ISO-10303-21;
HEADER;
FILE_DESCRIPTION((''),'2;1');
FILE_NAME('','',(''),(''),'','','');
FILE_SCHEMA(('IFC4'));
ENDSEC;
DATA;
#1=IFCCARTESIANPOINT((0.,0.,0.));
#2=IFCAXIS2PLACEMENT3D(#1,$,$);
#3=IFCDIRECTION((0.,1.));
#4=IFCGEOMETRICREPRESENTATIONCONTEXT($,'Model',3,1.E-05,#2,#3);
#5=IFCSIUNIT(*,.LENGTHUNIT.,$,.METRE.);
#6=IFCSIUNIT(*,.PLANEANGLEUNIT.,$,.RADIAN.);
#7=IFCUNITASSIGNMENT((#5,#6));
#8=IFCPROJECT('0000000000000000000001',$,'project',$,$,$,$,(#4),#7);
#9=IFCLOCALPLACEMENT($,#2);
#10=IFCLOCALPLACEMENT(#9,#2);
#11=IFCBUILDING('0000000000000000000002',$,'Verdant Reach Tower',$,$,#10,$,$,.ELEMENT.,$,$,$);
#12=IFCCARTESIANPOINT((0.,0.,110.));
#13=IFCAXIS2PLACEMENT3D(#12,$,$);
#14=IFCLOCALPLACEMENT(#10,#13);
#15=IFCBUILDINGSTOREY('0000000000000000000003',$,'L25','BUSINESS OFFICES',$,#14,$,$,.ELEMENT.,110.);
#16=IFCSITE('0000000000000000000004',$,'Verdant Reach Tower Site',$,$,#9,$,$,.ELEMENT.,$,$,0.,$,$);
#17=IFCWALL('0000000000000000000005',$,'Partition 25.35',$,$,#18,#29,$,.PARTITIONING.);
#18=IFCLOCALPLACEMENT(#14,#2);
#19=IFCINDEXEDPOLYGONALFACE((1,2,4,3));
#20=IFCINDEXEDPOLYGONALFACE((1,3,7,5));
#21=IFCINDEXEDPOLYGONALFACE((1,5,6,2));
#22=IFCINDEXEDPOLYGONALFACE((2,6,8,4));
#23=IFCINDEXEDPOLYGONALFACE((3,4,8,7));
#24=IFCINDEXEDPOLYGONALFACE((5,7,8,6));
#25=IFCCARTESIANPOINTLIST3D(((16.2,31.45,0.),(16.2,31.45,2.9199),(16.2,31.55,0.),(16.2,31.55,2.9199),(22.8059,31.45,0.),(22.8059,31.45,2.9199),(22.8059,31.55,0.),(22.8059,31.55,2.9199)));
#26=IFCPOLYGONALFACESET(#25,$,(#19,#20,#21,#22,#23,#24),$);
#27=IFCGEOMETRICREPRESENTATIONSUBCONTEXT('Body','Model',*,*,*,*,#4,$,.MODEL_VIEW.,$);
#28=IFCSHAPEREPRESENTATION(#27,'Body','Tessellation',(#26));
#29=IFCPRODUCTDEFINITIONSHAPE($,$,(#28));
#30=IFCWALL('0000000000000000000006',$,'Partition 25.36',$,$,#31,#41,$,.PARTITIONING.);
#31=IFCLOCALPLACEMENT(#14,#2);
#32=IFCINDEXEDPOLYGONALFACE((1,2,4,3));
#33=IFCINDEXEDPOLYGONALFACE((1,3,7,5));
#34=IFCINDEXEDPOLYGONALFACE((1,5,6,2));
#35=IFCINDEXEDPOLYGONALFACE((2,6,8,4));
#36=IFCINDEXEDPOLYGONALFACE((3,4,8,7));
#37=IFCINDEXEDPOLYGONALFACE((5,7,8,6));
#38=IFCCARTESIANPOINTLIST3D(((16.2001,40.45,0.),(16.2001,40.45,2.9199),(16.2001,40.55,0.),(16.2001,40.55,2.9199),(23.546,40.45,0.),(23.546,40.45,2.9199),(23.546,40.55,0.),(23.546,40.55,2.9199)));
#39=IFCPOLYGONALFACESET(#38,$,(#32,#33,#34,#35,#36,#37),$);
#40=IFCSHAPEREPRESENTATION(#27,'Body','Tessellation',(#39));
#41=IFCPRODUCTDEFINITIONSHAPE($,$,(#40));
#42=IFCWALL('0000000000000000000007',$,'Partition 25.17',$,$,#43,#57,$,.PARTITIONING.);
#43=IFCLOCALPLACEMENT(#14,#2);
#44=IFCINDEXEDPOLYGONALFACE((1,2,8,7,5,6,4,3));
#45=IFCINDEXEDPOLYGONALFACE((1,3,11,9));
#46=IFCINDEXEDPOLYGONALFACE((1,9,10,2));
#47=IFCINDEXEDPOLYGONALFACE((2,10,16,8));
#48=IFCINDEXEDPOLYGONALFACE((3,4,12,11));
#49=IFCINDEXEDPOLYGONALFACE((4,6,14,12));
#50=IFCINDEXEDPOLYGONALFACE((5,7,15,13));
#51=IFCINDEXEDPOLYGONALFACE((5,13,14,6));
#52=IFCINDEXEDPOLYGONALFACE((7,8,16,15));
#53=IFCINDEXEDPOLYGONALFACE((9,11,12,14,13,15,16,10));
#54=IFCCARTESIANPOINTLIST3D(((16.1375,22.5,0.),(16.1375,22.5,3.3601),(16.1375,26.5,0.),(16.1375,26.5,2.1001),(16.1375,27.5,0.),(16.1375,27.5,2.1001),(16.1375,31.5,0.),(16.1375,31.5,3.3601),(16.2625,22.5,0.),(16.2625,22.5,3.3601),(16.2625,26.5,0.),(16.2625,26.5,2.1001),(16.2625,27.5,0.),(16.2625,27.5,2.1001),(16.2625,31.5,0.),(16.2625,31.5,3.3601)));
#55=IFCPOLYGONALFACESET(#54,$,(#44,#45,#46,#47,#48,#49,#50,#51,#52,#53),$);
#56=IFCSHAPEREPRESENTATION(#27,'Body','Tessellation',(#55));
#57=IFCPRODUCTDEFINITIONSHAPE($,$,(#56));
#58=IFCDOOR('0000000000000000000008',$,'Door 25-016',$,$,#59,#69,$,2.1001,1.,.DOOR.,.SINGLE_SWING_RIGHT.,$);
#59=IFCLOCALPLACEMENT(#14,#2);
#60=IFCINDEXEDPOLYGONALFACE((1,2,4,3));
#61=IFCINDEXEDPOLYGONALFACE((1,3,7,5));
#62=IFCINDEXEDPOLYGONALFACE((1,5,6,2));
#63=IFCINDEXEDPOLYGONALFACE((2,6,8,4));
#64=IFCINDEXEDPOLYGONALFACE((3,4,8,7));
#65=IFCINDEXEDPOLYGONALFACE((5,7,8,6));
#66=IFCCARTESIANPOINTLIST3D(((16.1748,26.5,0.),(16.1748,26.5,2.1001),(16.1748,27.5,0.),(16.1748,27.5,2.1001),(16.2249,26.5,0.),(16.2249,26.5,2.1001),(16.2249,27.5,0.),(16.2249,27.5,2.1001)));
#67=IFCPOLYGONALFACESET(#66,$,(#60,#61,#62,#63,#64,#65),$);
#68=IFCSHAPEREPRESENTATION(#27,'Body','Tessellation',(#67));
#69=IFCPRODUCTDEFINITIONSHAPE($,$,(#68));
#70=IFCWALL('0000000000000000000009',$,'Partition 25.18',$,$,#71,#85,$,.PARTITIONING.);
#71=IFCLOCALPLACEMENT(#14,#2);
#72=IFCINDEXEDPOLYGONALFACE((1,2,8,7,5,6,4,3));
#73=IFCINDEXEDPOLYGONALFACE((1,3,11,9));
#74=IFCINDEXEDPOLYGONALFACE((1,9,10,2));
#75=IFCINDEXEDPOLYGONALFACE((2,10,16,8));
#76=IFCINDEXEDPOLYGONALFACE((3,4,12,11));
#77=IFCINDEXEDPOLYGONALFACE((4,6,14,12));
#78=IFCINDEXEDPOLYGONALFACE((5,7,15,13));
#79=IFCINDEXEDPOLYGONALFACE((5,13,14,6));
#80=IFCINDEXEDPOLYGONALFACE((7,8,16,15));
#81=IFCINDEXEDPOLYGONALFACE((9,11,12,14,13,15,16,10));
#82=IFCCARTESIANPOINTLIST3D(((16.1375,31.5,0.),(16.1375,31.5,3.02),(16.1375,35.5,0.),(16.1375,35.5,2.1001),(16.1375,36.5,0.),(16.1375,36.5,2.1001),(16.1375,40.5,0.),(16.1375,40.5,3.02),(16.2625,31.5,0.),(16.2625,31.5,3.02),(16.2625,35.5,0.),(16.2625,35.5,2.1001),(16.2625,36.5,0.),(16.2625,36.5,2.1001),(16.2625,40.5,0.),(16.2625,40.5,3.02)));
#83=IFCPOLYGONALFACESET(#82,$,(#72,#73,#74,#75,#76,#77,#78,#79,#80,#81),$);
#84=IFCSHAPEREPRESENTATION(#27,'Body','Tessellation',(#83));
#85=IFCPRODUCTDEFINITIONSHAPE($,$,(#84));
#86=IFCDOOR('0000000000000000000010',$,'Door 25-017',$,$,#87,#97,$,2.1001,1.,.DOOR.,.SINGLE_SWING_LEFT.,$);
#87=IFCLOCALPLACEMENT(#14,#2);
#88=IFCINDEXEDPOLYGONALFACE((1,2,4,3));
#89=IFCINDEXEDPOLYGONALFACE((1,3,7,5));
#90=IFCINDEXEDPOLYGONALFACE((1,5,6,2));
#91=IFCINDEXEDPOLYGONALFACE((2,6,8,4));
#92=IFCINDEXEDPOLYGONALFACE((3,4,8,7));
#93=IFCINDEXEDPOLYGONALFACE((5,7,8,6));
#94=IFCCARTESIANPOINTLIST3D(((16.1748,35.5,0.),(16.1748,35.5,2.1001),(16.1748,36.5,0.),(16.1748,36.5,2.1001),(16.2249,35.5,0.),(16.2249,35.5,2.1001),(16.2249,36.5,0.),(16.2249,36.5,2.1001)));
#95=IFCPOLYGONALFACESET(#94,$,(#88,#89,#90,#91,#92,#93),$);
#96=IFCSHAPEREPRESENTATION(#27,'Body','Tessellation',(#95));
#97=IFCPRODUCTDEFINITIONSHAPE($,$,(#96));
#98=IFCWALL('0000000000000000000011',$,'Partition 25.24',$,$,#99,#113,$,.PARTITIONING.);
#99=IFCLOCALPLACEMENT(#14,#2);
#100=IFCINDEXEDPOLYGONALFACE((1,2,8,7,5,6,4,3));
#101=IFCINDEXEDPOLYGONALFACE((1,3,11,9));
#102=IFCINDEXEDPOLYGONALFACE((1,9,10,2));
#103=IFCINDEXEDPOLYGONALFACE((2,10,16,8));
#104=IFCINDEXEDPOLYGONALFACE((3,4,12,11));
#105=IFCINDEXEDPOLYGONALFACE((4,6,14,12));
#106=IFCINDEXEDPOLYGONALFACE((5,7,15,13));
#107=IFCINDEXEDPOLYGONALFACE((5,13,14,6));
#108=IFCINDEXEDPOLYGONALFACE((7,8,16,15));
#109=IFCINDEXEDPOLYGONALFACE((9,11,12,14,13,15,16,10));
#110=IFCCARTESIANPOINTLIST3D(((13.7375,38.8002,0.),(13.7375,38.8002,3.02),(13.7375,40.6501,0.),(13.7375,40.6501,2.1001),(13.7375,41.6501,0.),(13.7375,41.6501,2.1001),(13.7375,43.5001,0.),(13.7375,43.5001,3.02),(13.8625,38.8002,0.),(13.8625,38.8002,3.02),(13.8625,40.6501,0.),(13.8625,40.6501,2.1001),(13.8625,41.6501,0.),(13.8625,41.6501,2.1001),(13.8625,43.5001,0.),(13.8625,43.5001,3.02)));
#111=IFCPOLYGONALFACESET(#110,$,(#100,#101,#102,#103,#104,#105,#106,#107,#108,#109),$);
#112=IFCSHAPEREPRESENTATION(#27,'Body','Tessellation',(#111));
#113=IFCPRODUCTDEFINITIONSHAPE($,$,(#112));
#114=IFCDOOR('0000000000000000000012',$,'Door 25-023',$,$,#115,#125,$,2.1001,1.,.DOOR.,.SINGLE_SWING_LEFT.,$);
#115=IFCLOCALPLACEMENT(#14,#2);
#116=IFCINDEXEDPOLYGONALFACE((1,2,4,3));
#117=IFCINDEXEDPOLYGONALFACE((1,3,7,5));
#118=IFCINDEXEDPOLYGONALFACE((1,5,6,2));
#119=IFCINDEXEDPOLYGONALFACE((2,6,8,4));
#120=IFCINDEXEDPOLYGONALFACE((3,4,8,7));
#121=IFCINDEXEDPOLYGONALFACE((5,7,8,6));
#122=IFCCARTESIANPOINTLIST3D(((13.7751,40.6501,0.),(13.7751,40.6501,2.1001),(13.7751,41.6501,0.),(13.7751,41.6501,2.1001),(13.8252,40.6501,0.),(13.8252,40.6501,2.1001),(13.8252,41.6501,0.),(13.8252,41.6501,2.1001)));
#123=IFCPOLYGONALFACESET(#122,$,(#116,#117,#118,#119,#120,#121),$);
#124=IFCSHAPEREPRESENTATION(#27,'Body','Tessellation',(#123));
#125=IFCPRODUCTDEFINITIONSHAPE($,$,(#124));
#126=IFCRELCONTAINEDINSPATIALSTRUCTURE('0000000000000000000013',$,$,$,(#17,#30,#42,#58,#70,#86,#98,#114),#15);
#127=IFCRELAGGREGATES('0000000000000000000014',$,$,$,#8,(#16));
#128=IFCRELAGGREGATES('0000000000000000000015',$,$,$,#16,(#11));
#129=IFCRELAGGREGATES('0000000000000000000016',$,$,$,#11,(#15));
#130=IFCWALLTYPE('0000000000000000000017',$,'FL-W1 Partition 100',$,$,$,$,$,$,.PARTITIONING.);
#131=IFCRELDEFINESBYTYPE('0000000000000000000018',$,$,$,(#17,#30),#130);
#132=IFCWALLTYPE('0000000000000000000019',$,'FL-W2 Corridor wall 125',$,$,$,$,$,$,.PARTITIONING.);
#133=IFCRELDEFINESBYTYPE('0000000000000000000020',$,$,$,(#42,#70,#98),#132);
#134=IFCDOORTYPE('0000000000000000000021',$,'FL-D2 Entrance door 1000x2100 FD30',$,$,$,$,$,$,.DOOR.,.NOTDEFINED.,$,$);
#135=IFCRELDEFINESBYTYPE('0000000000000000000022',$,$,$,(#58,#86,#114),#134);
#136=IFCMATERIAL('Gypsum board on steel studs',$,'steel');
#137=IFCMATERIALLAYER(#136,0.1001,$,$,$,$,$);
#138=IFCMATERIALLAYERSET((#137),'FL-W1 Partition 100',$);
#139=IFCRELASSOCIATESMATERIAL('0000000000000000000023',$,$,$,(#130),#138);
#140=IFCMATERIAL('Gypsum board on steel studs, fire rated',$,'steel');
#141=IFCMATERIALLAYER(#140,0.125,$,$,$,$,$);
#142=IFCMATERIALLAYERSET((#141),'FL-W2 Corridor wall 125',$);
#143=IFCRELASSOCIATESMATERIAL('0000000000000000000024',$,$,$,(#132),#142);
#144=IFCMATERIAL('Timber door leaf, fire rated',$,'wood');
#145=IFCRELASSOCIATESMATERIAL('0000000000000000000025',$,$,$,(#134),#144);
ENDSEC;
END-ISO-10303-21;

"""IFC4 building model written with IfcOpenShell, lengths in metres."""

from ifc_helpers import new_model, si_unit, direction, frame, frame_2d, origin, place, context, subcontext, project, spatial, rectangle, extrude, material, layer, layer_set, type_object, element, fill, save


model = new_model("IFC4")

# Units and contexts
model_context = context("Model", 3, precision=1e-05, world=origin(), true_north=direction((0.0, 1.0)))
body_context = subcontext(model_context, "Body", "Model", "MODEL_VIEW")
ifc_project = project(units=[si_unit("LENGTHUNIT", "METRE"), si_unit("PLANEANGLEUNIT", "RADIAN")], contexts=[model_context])

# Site, building, storey
site_placement = place(None, origin())
site = spatial("IfcSite", under=ifc_project, at=site_placement, Name="Verdant Reach Tower Site", CompositionType="ELEMENT", RefElevation=0.0)
building_placement = place(site_placement, origin())
building = spatial("IfcBuilding", under=site, at=building_placement, Name="Verdant Reach Tower", CompositionType="ELEMENT")
storey_placement = place(building_placement, frame((0.0, 0.0, 110.0)))
storey = spatial("IfcBuildingStorey", under=building, at=storey_placement, Name="L25", Description="BUSINESS OFFICES", CompositionType="ELEMENT", Elevation=110.0)

# Walls
ifc_material_1 = material(Name="Gypsum board on steel studs", Category="steel")
ifc_layer_1 = layer(ifc_material_1, 0.1001)
ifc_layer_set_1 = layer_set([ifc_layer_1], Name="FL-W1 Partition 100")
wall_type_1 = type_object("IfcWallType", Name="FL-W1 Partition 100", PredefinedType="PARTITIONING", material=ifc_layer_set_1)
wall_1_placement = place(storey_placement, frame((22.8059, 31.5, 0.0), z_axis=(0.0, 0.0, 1.0), x_axis=(-1.0, 0.0, 0.0)))
element("IfcWall", 1, at=wall_1_placement, inside=storey, type_object=wall_type_1, Name="Partition 25.35", PredefinedType="PARTITIONING", context=body_context, shape_type="SweptSolid", body=[
    extrude(rectangle(XDim=6.606, YDim=0.1001, at=frame_2d((3.303, 0.0))), origin(), (0.0, 0.0, 1.0), 2.9199),
])
wall_2_placement = place(storey_placement, frame((23.5459, 40.5, 0.0), z_axis=(0.0, 0.0, 1.0), x_axis=(-1.0, 0.0, 0.0)))
element("IfcWall", 2, at=wall_2_placement, inside=storey, type_object=wall_type_1, Name="Partition 25.36", PredefinedType="PARTITIONING", context=body_context, shape_type="SweptSolid", body=[
    extrude(rectangle(XDim=7.3459, YDim=0.1001, at=frame_2d((3.6729, 0.0))), origin(), (0.0, 0.0, 1.0), 2.9199),
])

# Walls, openings, doors
ifc_material_2 = material(Name="Gypsum board on steel studs, fire rated", Category="steel")
ifc_layer_2 = layer(ifc_material_2, 0.125)
ifc_layer_set_2 = layer_set([ifc_layer_2], Name="FL-W2 Corridor wall 125")
wall_type_2 = type_object("IfcWallType", Name="FL-W2 Corridor wall 125", PredefinedType="PARTITIONING", material=ifc_layer_set_2)
wall_3_placement = place(storey_placement, frame((16.2, 31.5, 0.0), z_axis=(0.0, 0.0, 1.0), x_axis=(0.0, -1.0, 0.0)))
wall_3 = element("IfcWall", 3, at=wall_3_placement, inside=storey, type_object=wall_type_2, Name="Partition 25.17", PredefinedType="PARTITIONING", context=body_context, shape_type="SweptSolid", body=[
    extrude(rectangle(XDim=9.0, YDim=0.125, at=frame_2d((4.5, 0.0))), origin(), (0.0, 0.0, 1.0), 3.3601),
])
opening_1_placement = place(wall_3_placement, frame((4.0, 0.0, 0.0)))
opening_1 = element("IfcOpeningElement", 4, at=opening_1_placement, cuts=wall_3, PredefinedType="OPENING", context=body_context, shape_type="SweptSolid", body=[
    extrude(rectangle(XDim=1.0, YDim=2.1001, at=frame_2d((0.5, 1.05))), frame((0.0, 0.0725, 0.0), z_axis=(0.0, -1.0, 0.0), x_axis=(1.0, 0.0, 0.0)), (0.0, 0.0, 1.0), 0.145),
])
ifc_material_3 = material(Name="Timber door leaf, fire rated", Category="wood")
door_type_1 = type_object("IfcDoorType", Name="FL-D2 Entrance door 1000x2100 FD30", OperationType="NOTDEFINED", PredefinedType="DOOR", material=ifc_material_3)
door_1_placement = place(opening_1_placement, origin())
door_1 = element("IfcDoor", 5, at=door_1_placement, inside=storey, type_object=door_type_1, Name="Door 25-016", OperationType="SINGLE_SWING_RIGHT", OverallHeight=2.1001, OverallWidth=1.0, PredefinedType="DOOR", context=body_context, shape_type="SweptSolid", body=[
    extrude(rectangle(XDim=1.0, YDim=2.1001, at=frame_2d((0.5, 1.05))), frame((0.0, 0.0249, 0.0), z_axis=(0.0, -1.0, 0.0), x_axis=(1.0, 0.0, 0.0)), (0.0, 0.0, 1.0), 0.05),
])
fill(opening_1, door_1)
wall_4_placement = place(storey_placement, frame((16.2, 40.5, 0.0), z_axis=(0.0, 0.0, 1.0), x_axis=(0.0, -1.0, 0.0)))
wall_4 = element("IfcWall", 6, at=wall_4_placement, inside=storey, type_object=wall_type_2, Name="Partition 25.18", PredefinedType="PARTITIONING", context=body_context, shape_type="SweptSolid", body=[
    extrude(rectangle(XDim=9.0, YDim=0.125, at=frame_2d((4.5, 0.0))), origin(), (0.0, 0.0, 1.0), 3.02),
])
opening_2_placement = place(wall_4_placement, frame((4.0, 0.0, 0.0)))
opening_2 = element("IfcOpeningElement", 7, at=opening_2_placement, cuts=wall_4, PredefinedType="OPENING", context=body_context, shape_type="SweptSolid", body=[
    extrude(rectangle(XDim=1.0, YDim=2.1001, at=frame_2d((0.5, 1.05))), frame((0.0, 0.0725, 0.0), z_axis=(0.0, -1.0, 0.0), x_axis=(1.0, 0.0, 0.0)), (0.0, 0.0, 1.0), 0.145),
])
door_2_placement = place(opening_2_placement, origin())
door_2 = element("IfcDoor", 8, at=door_2_placement, inside=storey, type_object=door_type_1, Name="Door 25-017", OperationType="SINGLE_SWING_LEFT", OverallHeight=2.1001, OverallWidth=1.0, PredefinedType="DOOR", context=body_context, shape_type="SweptSolid", body=[
    extrude(rectangle(XDim=1.0, YDim=2.1001, at=frame_2d((0.5, 1.05))), frame((0.0, 0.0249, 0.0), z_axis=(0.0, -1.0, 0.0), x_axis=(1.0, 0.0, 0.0)), (0.0, 0.0, 1.0), 0.05),
])
fill(opening_2, door_2)
wall_5_placement = place(storey_placement, frame((13.8, 38.8, 0.0), z_axis=(0.0, 0.0, 1.0), x_axis=(0.0, 1.0, 0.0)))
wall_5 = element("IfcWall", 9, at=wall_5_placement, inside=storey, type_object=wall_type_2, Name="Partition 25.24", PredefinedType="PARTITIONING", context=body_context, shape_type="SweptSolid", body=[
    extrude(rectangle(XDim=4.7, YDim=0.125, at=frame_2d((2.3501, 0.0))), origin(), (0.0, 0.0, 1.0), 3.02),
])
opening_3_placement = place(wall_5_placement, frame((1.8501, 0.0, 0.0)))
opening_3 = element("IfcOpeningElement", 10, at=opening_3_placement, cuts=wall_5, PredefinedType="OPENING", context=body_context, shape_type="SweptSolid", body=[
    extrude(rectangle(XDim=1.0, YDim=2.1001, at=frame_2d((0.5, 1.05))), frame((0.0, 0.0725, 0.0), z_axis=(0.0, -1.0, 0.0), x_axis=(1.0, 0.0, 0.0)), (0.0, 0.0, 1.0), 0.145),
])
door_3_placement = place(opening_3_placement, origin())
door_3 = element("IfcDoor", 11, at=door_3_placement, inside=storey, type_object=door_type_1, Name="Door 25-023", OperationType="SINGLE_SWING_LEFT", OverallHeight=2.1001, OverallWidth=1.0, PredefinedType="DOOR", context=body_context, shape_type="SweptSolid", body=[
    extrude(rectangle(XDim=1.0, YDim=2.1001, at=frame_2d((0.5, 1.05))), frame((0.0, 0.0249, 0.0), z_axis=(0.0, -1.0, 0.0), x_axis=(1.0, 0.0, 0.0)), (0.0, 0.0, 1.0), 0.05),
])
fill(opening_3, door_3)

save(model, "model.ifc")
